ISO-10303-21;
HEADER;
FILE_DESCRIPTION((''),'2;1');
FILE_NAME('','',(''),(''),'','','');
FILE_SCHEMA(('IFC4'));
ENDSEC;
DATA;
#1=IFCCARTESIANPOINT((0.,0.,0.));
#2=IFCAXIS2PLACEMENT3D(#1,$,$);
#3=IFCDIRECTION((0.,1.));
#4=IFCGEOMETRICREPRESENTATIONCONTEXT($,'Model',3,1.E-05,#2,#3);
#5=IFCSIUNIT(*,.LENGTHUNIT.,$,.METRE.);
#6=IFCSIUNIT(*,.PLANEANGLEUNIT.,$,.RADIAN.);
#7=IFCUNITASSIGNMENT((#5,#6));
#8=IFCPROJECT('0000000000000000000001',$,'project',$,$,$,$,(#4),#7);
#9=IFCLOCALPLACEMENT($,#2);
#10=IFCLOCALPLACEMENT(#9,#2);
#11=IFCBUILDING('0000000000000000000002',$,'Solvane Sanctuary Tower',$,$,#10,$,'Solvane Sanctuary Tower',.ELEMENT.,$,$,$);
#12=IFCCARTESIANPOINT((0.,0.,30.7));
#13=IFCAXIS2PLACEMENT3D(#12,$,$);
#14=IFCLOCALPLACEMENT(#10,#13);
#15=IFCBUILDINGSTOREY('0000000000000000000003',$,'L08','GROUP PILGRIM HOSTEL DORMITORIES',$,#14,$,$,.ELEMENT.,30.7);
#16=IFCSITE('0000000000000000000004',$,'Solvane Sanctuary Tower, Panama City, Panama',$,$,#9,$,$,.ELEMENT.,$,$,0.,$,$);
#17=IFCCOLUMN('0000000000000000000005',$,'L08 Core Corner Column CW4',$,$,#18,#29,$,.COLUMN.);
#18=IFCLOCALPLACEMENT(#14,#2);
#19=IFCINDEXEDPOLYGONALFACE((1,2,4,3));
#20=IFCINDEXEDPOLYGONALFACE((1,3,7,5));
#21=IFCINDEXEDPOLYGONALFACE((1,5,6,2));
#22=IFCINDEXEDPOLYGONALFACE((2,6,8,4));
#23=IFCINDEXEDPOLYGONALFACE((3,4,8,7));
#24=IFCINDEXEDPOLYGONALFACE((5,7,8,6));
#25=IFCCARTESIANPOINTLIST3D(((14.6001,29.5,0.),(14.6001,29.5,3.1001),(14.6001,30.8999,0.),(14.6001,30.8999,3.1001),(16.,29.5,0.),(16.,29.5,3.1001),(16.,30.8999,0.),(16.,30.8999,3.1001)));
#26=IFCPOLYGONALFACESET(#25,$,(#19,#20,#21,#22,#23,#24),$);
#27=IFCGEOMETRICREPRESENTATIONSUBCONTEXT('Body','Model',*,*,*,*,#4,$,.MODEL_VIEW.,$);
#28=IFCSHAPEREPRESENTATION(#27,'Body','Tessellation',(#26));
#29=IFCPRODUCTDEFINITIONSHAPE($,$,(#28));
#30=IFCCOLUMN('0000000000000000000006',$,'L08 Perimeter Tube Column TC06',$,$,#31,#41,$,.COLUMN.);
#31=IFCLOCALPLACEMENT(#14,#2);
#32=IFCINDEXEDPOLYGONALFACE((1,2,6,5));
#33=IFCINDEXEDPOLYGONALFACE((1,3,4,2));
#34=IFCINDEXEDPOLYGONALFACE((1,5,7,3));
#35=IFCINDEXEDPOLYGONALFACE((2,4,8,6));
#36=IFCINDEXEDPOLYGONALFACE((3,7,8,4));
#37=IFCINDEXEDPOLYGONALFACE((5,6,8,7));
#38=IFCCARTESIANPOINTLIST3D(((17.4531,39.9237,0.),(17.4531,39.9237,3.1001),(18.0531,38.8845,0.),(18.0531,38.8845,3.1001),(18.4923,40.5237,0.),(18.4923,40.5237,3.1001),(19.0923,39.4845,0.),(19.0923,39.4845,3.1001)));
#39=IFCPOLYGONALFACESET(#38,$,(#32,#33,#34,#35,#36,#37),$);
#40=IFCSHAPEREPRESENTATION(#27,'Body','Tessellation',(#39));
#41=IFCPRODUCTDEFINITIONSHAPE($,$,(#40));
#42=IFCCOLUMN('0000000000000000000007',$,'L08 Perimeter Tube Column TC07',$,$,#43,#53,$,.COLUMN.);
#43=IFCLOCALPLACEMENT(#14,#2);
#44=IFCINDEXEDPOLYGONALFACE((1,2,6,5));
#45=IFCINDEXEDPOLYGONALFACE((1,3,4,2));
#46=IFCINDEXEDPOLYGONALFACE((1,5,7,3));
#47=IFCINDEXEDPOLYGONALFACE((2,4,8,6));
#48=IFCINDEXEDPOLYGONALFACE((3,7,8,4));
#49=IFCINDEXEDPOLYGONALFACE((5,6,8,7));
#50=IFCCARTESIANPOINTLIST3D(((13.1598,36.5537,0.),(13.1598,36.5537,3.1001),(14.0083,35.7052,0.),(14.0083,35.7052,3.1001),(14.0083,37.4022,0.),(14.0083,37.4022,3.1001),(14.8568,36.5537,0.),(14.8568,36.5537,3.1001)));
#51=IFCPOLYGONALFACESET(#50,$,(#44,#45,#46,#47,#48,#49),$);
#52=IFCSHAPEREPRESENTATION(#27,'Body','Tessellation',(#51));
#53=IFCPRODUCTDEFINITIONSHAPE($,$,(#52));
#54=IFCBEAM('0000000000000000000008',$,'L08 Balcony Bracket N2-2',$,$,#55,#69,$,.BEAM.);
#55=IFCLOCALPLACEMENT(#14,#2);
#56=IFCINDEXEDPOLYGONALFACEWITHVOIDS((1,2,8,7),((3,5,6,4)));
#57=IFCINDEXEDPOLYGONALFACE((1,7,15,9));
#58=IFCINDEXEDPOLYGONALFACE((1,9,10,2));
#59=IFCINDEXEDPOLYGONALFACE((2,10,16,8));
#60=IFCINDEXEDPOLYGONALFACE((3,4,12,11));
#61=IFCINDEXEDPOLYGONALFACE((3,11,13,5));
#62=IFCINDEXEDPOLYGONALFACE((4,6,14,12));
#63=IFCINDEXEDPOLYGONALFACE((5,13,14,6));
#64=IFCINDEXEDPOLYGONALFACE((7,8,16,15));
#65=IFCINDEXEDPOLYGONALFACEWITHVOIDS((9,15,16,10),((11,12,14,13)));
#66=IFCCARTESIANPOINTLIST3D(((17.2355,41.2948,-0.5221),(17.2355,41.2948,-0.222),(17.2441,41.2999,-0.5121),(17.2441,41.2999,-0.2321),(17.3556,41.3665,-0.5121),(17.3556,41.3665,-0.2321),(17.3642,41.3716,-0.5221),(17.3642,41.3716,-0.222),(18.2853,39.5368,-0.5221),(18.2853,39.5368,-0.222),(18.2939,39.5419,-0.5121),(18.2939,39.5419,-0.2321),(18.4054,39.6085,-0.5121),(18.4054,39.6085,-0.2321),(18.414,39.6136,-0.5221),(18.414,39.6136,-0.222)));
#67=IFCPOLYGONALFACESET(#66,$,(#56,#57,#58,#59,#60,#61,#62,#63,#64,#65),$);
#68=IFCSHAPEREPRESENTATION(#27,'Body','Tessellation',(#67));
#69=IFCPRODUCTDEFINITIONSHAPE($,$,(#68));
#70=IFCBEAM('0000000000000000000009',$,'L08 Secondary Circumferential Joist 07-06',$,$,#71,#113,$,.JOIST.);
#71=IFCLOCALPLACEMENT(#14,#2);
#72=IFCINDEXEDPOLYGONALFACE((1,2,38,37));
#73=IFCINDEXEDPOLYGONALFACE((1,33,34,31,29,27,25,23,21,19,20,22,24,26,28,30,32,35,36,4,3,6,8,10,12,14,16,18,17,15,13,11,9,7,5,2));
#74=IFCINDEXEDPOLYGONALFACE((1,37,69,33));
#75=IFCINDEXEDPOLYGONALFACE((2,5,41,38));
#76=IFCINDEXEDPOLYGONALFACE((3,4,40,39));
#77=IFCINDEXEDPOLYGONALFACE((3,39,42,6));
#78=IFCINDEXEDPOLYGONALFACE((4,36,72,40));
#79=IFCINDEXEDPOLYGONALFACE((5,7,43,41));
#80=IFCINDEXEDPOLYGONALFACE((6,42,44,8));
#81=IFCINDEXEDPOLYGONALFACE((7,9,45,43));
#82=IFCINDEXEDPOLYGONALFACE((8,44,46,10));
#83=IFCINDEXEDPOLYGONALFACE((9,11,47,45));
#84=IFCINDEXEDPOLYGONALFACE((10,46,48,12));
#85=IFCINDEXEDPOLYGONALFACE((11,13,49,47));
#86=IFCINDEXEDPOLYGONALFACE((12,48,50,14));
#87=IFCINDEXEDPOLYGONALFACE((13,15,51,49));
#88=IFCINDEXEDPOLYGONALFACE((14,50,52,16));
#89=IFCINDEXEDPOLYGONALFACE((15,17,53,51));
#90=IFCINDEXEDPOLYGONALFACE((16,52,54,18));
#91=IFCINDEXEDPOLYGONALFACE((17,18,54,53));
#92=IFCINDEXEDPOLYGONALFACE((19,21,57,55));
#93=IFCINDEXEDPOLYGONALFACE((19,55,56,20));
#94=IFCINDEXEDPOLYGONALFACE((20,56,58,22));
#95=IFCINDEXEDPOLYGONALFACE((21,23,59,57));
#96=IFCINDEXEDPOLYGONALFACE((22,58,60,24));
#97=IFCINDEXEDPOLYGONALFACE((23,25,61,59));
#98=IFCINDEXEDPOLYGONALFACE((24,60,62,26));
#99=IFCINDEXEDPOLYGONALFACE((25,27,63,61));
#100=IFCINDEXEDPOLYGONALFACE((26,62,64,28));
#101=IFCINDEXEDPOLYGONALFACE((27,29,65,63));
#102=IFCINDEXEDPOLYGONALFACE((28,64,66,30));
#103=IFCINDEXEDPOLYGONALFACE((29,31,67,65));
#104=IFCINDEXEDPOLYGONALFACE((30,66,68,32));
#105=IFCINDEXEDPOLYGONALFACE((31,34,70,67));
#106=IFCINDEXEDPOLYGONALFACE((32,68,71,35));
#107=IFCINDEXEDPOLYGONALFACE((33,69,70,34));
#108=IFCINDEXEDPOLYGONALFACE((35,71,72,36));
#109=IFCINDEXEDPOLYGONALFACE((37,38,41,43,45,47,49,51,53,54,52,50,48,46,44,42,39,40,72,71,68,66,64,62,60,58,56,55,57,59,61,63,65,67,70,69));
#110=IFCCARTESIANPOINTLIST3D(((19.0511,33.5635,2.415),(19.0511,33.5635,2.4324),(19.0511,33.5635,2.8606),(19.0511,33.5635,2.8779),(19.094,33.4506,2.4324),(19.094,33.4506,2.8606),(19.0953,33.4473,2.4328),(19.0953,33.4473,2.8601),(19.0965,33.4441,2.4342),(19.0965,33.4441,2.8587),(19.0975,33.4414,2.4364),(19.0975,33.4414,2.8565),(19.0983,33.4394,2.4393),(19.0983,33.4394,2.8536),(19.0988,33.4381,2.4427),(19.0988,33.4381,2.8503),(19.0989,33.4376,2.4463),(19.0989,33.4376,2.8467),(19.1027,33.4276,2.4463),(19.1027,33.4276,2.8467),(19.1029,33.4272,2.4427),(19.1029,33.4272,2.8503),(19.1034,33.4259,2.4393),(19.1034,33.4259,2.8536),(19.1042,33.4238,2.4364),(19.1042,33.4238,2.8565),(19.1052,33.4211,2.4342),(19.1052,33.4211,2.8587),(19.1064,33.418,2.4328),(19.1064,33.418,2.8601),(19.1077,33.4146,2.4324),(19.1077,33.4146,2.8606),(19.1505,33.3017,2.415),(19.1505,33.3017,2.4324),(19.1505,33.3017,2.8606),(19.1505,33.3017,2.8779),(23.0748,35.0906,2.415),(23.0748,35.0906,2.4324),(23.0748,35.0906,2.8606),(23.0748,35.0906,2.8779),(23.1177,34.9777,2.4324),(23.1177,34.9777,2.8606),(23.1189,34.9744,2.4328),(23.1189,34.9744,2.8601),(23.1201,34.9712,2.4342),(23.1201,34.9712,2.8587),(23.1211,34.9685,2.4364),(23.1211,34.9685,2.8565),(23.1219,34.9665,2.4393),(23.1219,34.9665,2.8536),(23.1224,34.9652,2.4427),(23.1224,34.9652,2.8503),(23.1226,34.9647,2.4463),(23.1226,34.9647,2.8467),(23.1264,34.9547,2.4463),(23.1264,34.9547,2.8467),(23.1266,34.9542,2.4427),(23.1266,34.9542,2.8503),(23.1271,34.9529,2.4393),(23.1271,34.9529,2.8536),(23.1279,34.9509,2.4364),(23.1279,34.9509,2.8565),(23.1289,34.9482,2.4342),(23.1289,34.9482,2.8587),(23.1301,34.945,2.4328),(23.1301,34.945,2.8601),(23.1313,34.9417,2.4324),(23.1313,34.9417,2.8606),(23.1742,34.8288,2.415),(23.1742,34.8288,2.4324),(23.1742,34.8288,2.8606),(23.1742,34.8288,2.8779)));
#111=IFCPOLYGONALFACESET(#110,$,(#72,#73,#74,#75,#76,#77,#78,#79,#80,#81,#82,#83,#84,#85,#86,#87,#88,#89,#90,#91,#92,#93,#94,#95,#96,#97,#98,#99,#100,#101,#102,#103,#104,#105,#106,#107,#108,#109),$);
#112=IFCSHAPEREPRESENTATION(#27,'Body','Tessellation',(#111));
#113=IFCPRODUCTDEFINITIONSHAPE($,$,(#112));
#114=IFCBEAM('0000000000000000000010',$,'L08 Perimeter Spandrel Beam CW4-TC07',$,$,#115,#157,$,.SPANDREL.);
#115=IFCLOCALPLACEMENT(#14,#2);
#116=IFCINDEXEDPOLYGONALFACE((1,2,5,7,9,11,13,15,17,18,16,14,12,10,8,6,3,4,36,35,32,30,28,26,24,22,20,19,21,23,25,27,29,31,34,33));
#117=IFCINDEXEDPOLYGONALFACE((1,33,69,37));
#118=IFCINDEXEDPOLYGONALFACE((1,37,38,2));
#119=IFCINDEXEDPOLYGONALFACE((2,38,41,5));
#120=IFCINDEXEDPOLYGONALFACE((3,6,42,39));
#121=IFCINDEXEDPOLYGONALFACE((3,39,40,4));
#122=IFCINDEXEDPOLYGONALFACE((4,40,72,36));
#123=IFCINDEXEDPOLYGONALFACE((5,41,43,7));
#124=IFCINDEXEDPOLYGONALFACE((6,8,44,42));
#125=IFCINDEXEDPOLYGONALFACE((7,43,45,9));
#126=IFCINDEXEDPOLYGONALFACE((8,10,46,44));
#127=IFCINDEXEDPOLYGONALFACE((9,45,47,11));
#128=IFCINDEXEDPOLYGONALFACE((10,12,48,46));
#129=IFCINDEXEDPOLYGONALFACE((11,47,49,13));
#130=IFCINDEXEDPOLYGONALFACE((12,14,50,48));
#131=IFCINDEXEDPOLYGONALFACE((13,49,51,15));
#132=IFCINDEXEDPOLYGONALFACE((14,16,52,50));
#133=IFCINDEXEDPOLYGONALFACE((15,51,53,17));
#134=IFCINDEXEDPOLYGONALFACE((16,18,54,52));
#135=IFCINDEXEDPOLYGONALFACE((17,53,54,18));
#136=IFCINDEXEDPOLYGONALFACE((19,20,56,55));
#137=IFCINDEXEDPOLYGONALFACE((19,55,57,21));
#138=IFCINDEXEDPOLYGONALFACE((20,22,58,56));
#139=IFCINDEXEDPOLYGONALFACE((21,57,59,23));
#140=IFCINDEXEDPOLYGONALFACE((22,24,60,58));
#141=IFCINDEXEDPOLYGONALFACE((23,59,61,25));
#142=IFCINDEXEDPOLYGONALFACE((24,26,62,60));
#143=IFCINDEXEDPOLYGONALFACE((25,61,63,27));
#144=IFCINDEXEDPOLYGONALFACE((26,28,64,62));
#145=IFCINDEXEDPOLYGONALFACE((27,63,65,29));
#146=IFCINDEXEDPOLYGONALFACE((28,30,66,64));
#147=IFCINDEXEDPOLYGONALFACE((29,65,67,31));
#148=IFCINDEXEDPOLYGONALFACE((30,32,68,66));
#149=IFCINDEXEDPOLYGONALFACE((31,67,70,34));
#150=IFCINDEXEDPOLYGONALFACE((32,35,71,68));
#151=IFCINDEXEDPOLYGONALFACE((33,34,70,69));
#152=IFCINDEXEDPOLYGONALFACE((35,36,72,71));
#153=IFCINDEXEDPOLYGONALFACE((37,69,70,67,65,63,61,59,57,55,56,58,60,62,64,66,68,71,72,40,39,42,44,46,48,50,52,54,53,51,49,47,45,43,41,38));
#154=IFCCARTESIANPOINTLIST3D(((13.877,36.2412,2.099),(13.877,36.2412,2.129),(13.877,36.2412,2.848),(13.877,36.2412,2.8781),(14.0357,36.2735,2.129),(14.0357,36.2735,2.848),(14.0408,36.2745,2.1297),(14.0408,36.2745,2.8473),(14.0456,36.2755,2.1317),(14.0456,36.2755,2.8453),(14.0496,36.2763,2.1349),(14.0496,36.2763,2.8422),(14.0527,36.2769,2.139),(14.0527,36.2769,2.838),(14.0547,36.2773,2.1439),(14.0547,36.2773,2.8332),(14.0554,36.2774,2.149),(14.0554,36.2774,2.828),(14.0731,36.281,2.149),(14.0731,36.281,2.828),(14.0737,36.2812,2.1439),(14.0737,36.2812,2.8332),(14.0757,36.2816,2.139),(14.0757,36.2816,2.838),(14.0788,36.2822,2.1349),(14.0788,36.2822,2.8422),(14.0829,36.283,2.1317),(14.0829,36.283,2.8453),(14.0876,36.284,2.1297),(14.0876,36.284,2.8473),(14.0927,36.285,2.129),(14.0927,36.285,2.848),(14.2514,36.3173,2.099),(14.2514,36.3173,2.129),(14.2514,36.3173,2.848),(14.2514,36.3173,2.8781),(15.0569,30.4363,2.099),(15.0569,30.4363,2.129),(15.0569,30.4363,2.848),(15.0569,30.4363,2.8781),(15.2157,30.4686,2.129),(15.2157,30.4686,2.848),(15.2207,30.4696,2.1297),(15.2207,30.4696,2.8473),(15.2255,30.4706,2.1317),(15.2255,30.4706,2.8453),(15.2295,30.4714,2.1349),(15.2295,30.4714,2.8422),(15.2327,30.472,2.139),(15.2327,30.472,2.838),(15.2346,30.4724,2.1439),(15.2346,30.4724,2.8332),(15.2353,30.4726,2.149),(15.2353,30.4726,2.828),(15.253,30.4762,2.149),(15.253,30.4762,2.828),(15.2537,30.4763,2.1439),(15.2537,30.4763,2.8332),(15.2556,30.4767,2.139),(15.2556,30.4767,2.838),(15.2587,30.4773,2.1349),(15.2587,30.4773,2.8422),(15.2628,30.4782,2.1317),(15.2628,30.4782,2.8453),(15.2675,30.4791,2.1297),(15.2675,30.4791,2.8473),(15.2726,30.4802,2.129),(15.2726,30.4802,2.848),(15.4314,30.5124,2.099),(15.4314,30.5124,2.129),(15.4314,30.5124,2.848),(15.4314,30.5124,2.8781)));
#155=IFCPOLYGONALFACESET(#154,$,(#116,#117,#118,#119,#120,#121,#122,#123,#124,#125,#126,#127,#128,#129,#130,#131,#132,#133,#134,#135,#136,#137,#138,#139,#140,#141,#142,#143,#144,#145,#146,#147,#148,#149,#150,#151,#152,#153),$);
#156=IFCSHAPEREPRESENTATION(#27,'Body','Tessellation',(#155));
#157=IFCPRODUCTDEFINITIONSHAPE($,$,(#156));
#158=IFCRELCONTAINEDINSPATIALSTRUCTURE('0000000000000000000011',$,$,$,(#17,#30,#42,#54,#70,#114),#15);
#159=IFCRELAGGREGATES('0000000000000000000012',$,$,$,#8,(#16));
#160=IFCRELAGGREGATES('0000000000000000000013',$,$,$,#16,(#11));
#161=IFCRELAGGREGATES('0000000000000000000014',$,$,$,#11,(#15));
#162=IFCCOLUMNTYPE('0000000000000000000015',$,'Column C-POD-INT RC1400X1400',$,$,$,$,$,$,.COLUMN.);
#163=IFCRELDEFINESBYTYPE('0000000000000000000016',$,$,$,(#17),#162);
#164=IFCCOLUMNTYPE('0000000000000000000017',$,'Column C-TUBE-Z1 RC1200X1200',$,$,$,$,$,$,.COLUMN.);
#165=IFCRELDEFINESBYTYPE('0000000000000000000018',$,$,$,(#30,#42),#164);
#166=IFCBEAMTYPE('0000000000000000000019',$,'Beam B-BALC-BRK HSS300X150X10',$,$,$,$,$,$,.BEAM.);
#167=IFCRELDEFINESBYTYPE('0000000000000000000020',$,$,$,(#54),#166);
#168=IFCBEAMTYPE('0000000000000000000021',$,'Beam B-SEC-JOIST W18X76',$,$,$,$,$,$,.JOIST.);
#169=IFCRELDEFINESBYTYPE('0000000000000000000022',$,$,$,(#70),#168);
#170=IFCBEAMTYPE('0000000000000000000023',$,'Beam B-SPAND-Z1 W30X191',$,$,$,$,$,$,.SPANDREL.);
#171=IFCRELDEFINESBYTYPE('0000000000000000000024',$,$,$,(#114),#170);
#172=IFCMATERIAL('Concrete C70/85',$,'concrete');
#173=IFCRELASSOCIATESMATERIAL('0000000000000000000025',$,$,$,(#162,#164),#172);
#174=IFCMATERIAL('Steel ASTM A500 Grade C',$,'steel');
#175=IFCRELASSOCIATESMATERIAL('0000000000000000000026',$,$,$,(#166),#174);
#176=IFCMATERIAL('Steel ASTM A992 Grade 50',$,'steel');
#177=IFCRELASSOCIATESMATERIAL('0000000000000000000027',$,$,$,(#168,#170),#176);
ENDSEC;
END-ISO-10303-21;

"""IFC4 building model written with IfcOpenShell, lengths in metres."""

from ifc_helpers import new_model, si_unit, direction, frame, origin, origin_2d, place, context, subcontext, project, spatial, rectangle, hollow_rectangle, i_section, extrude, material, material_profile, profile_set, type_object, element, save


model = new_model("IFC4")

# Units and contexts
model_context = context("Model", 3, precision=1e-05, world=origin(), true_north=direction((0.0, 1.0)))
body_context = subcontext(model_context, "Body", "Model", "MODEL_VIEW")
ifc_project = project(units=[si_unit("LENGTHUNIT", "METRE"), si_unit("PLANEANGLEUNIT", "RADIAN")], contexts=[model_context])

# Site, building, storey
site_placement = place(None, origin())
site = spatial("IfcSite", under=ifc_project, at=site_placement, Name="Solvane Sanctuary Tower, Panama City, Panama", CompositionType="ELEMENT", RefElevation=0.0)
building_placement = place(site_placement, origin())
building = spatial("IfcBuilding", under=site, at=building_placement, Name="Solvane Sanctuary Tower", LongName="Solvane Sanctuary Tower", CompositionType="ELEMENT")
storey_placement = place(building_placement, frame((0.0, 0.0, 30.7)))
storey = spatial("IfcBuildingStorey", under=building, at=storey_placement, Name="L08", Description="GROUP PILGRIM HOSTEL DORMITORIES", CompositionType="ELEMENT", Elevation=30.7)

# Columns
ifc_material_1 = material(Name="Concrete C70/85", Category="concrete")
ifc_material_profile_1 = material_profile(ifc_material_1, rectangle(XDim=1.3999, YDim=1.3999, at=origin_2d()), Name="RC1400X1400")
ifc_profile_set_1 = profile_set([ifc_material_profile_1], Name="Concrete C70/85")
column_type_1 = type_object("IfcColumnType", Name="Column C-POD-INT RC1400X1400", PredefinedType="COLUMN", material=ifc_profile_set_1)
column_placement = place(storey_placement, frame((15.3, 30.2, 0.0), z_axis=(0.0, 0.0, 1.0), x_axis=(1.0, 0.0, 0.0)))
element("IfcColumn", 1, at=column_placement, inside=storey, type_object=column_type_1, Name="L08 Core Corner Column CW4", PredefinedType="COLUMN", context=body_context, shape_type="SweptSolid", body=[
    extrude(rectangle(XDim=1.3999, YDim=1.3999, at=origin_2d()), origin(), (0.0, 0.0, 1.0), 3.1001),
])
ifc_material_profile_2 = material_profile(ifc_material_1, rectangle(XDim=1.2, YDim=1.2, at=origin_2d()), Name="RC1200X1200")
ifc_profile_set_2 = profile_set([ifc_material_profile_2], Name="Concrete C70/85")
column_type_2 = type_object("IfcColumnType", Name="Column C-TUBE-Z1 RC1200X1200", PredefinedType="COLUMN", material=ifc_profile_set_2)
for number, where, z_axis, x_axis, name in (
    (2, (18.2727, 39.7041, 0.0), (0.0, 0.0, 1.0), (-0.5, 0.866025, 0.0), "L08 Perimeter Tube Column TC06"),
    (3, (14.0083, 36.5537, 0.0), (0.0, 0.0, 1.0), (-0.707107, 0.707107, 0.0), "L08 Perimeter Tube Column TC07"),
):
    element("IfcColumn", number, at=place(storey_placement, frame(where, z_axis=z_axis, x_axis=x_axis)), inside=storey, type_object=column_type_2, Name=name, PredefinedType="COLUMN", context=body_context, shape_type="SweptSolid", body=[
        extrude(rectangle(XDim=1.2, YDim=1.2, at=origin_2d()), origin(), (0.0, 0.0, 1.0), 3.1001),
    ])

# Beams
ifc_material_2 = material(Name="Steel ASTM A500 Grade C", Category="steel")
ifc_material_profile_3 = material_profile(ifc_material_2, hollow_rectangle(XDim=0.1499, YDim=0.3, WallThickness=0.01, at=origin_2d()), Name="HSS300X150X10")
ifc_profile_set_3 = profile_set([ifc_material_profile_3], Name="Steel ASTM A500 Grade C")
beam_type_1 = type_object("IfcBeamType", Name="Beam B-BALC-BRK HSS300X150X10", PredefinedType="BEAM", material=ifc_profile_set_3)
beam_1_placement = place(storey_placement, frame((18.3496, 39.5752, -0.3721), z_axis=(-0.512689, 0.858575, 0.0), x_axis=(-0.858575, -0.512689, 0.0)))
element("IfcBeam", 4, at=beam_1_placement, inside=storey, type_object=beam_type_1, Name="L08 Balcony Bracket N2-2", PredefinedType="BEAM", context=body_context, shape_type="SweptSolid", body=[
    extrude(hollow_rectangle(XDim=0.1499, YDim=0.3, WallThickness=0.01, at=origin_2d()), origin(), (0.0, 0.0, 1.0), 2.0476),
])
ifc_material_3 = material(Name="Steel ASTM A992 Grade 50", Category="steel")
ifc_material_profile_4 = material_profile(ifc_material_3, i_section(OverallWidth=0.28, OverallDepth=0.4629, WebThickness=0.0107, FlangeThickness=0.0173, FilletRadius=0.0139, at=origin_2d()), Name="W18X76")
ifc_profile_set_4 = profile_set([ifc_material_profile_4], Name="Steel ASTM A992 Grade 50")
beam_type_2 = type_object("IfcBeamType", Name="Beam B-SEC-JOIST W18X76", PredefinedType="JOIST", material=ifc_profile_set_4)
beam_2_placement = place(storey_placement, frame((19.1008, 33.4326, 2.6465), z_axis=(0.93493, 0.354832, 0.0), x_axis=(-0.354832, 0.93493, 0.0)))
element("IfcBeam", 5, at=beam_2_placement, inside=storey, type_object=beam_type_2, Name="L08 Secondary Circumferential Joist 07-06", PredefinedType="JOIST", context=body_context, shape_type="SweptSolid", body=[
    extrude(i_section(OverallWidth=0.28, OverallDepth=0.4629, WebThickness=0.0107, FlangeThickness=0.0173, FilletRadius=0.0139, at=origin_2d()), origin(), (0.0, 0.0, 1.0), 4.3037),
])
ifc_material_profile_5 = material_profile(ifc_material_3, i_section(OverallWidth=0.3821, OverallDepth=0.7791, WebThickness=0.0181, FlangeThickness=0.03, FilletRadius=0.02, at=origin_2d()), Name="W30X191")
ifc_profile_set_5 = profile_set([ifc_material_profile_5], Name="Steel ASTM A992 Grade 50")
beam_type_3 = type_object("IfcBeamType", Name="Beam B-SPAND-Z1 W30X191", PredefinedType="SPANDREL", material=ifc_profile_set_5)
beam_3_placement = place(storey_placement, frame((15.2441, 30.4744, 2.4885), z_axis=(-0.19919, 0.979961, 0.0), x_axis=(-0.979961, -0.19919, 0.0)))
element("IfcBeam", 6, at=beam_3_placement, inside=storey, type_object=beam_type_3, Name="L08 Perimeter Spandrel Beam CW4-TC07", PredefinedType="SPANDREL", context=body_context, shape_type="SweptSolid", body=[
    extrude(i_section(OverallWidth=0.3821, OverallDepth=0.7791, WebThickness=0.0181, FlangeThickness=0.03, FilletRadius=0.02, at=origin_2d()), origin(), (0.0, 0.0, 1.0), 5.9236),
])

save(model, "model.ifc")
